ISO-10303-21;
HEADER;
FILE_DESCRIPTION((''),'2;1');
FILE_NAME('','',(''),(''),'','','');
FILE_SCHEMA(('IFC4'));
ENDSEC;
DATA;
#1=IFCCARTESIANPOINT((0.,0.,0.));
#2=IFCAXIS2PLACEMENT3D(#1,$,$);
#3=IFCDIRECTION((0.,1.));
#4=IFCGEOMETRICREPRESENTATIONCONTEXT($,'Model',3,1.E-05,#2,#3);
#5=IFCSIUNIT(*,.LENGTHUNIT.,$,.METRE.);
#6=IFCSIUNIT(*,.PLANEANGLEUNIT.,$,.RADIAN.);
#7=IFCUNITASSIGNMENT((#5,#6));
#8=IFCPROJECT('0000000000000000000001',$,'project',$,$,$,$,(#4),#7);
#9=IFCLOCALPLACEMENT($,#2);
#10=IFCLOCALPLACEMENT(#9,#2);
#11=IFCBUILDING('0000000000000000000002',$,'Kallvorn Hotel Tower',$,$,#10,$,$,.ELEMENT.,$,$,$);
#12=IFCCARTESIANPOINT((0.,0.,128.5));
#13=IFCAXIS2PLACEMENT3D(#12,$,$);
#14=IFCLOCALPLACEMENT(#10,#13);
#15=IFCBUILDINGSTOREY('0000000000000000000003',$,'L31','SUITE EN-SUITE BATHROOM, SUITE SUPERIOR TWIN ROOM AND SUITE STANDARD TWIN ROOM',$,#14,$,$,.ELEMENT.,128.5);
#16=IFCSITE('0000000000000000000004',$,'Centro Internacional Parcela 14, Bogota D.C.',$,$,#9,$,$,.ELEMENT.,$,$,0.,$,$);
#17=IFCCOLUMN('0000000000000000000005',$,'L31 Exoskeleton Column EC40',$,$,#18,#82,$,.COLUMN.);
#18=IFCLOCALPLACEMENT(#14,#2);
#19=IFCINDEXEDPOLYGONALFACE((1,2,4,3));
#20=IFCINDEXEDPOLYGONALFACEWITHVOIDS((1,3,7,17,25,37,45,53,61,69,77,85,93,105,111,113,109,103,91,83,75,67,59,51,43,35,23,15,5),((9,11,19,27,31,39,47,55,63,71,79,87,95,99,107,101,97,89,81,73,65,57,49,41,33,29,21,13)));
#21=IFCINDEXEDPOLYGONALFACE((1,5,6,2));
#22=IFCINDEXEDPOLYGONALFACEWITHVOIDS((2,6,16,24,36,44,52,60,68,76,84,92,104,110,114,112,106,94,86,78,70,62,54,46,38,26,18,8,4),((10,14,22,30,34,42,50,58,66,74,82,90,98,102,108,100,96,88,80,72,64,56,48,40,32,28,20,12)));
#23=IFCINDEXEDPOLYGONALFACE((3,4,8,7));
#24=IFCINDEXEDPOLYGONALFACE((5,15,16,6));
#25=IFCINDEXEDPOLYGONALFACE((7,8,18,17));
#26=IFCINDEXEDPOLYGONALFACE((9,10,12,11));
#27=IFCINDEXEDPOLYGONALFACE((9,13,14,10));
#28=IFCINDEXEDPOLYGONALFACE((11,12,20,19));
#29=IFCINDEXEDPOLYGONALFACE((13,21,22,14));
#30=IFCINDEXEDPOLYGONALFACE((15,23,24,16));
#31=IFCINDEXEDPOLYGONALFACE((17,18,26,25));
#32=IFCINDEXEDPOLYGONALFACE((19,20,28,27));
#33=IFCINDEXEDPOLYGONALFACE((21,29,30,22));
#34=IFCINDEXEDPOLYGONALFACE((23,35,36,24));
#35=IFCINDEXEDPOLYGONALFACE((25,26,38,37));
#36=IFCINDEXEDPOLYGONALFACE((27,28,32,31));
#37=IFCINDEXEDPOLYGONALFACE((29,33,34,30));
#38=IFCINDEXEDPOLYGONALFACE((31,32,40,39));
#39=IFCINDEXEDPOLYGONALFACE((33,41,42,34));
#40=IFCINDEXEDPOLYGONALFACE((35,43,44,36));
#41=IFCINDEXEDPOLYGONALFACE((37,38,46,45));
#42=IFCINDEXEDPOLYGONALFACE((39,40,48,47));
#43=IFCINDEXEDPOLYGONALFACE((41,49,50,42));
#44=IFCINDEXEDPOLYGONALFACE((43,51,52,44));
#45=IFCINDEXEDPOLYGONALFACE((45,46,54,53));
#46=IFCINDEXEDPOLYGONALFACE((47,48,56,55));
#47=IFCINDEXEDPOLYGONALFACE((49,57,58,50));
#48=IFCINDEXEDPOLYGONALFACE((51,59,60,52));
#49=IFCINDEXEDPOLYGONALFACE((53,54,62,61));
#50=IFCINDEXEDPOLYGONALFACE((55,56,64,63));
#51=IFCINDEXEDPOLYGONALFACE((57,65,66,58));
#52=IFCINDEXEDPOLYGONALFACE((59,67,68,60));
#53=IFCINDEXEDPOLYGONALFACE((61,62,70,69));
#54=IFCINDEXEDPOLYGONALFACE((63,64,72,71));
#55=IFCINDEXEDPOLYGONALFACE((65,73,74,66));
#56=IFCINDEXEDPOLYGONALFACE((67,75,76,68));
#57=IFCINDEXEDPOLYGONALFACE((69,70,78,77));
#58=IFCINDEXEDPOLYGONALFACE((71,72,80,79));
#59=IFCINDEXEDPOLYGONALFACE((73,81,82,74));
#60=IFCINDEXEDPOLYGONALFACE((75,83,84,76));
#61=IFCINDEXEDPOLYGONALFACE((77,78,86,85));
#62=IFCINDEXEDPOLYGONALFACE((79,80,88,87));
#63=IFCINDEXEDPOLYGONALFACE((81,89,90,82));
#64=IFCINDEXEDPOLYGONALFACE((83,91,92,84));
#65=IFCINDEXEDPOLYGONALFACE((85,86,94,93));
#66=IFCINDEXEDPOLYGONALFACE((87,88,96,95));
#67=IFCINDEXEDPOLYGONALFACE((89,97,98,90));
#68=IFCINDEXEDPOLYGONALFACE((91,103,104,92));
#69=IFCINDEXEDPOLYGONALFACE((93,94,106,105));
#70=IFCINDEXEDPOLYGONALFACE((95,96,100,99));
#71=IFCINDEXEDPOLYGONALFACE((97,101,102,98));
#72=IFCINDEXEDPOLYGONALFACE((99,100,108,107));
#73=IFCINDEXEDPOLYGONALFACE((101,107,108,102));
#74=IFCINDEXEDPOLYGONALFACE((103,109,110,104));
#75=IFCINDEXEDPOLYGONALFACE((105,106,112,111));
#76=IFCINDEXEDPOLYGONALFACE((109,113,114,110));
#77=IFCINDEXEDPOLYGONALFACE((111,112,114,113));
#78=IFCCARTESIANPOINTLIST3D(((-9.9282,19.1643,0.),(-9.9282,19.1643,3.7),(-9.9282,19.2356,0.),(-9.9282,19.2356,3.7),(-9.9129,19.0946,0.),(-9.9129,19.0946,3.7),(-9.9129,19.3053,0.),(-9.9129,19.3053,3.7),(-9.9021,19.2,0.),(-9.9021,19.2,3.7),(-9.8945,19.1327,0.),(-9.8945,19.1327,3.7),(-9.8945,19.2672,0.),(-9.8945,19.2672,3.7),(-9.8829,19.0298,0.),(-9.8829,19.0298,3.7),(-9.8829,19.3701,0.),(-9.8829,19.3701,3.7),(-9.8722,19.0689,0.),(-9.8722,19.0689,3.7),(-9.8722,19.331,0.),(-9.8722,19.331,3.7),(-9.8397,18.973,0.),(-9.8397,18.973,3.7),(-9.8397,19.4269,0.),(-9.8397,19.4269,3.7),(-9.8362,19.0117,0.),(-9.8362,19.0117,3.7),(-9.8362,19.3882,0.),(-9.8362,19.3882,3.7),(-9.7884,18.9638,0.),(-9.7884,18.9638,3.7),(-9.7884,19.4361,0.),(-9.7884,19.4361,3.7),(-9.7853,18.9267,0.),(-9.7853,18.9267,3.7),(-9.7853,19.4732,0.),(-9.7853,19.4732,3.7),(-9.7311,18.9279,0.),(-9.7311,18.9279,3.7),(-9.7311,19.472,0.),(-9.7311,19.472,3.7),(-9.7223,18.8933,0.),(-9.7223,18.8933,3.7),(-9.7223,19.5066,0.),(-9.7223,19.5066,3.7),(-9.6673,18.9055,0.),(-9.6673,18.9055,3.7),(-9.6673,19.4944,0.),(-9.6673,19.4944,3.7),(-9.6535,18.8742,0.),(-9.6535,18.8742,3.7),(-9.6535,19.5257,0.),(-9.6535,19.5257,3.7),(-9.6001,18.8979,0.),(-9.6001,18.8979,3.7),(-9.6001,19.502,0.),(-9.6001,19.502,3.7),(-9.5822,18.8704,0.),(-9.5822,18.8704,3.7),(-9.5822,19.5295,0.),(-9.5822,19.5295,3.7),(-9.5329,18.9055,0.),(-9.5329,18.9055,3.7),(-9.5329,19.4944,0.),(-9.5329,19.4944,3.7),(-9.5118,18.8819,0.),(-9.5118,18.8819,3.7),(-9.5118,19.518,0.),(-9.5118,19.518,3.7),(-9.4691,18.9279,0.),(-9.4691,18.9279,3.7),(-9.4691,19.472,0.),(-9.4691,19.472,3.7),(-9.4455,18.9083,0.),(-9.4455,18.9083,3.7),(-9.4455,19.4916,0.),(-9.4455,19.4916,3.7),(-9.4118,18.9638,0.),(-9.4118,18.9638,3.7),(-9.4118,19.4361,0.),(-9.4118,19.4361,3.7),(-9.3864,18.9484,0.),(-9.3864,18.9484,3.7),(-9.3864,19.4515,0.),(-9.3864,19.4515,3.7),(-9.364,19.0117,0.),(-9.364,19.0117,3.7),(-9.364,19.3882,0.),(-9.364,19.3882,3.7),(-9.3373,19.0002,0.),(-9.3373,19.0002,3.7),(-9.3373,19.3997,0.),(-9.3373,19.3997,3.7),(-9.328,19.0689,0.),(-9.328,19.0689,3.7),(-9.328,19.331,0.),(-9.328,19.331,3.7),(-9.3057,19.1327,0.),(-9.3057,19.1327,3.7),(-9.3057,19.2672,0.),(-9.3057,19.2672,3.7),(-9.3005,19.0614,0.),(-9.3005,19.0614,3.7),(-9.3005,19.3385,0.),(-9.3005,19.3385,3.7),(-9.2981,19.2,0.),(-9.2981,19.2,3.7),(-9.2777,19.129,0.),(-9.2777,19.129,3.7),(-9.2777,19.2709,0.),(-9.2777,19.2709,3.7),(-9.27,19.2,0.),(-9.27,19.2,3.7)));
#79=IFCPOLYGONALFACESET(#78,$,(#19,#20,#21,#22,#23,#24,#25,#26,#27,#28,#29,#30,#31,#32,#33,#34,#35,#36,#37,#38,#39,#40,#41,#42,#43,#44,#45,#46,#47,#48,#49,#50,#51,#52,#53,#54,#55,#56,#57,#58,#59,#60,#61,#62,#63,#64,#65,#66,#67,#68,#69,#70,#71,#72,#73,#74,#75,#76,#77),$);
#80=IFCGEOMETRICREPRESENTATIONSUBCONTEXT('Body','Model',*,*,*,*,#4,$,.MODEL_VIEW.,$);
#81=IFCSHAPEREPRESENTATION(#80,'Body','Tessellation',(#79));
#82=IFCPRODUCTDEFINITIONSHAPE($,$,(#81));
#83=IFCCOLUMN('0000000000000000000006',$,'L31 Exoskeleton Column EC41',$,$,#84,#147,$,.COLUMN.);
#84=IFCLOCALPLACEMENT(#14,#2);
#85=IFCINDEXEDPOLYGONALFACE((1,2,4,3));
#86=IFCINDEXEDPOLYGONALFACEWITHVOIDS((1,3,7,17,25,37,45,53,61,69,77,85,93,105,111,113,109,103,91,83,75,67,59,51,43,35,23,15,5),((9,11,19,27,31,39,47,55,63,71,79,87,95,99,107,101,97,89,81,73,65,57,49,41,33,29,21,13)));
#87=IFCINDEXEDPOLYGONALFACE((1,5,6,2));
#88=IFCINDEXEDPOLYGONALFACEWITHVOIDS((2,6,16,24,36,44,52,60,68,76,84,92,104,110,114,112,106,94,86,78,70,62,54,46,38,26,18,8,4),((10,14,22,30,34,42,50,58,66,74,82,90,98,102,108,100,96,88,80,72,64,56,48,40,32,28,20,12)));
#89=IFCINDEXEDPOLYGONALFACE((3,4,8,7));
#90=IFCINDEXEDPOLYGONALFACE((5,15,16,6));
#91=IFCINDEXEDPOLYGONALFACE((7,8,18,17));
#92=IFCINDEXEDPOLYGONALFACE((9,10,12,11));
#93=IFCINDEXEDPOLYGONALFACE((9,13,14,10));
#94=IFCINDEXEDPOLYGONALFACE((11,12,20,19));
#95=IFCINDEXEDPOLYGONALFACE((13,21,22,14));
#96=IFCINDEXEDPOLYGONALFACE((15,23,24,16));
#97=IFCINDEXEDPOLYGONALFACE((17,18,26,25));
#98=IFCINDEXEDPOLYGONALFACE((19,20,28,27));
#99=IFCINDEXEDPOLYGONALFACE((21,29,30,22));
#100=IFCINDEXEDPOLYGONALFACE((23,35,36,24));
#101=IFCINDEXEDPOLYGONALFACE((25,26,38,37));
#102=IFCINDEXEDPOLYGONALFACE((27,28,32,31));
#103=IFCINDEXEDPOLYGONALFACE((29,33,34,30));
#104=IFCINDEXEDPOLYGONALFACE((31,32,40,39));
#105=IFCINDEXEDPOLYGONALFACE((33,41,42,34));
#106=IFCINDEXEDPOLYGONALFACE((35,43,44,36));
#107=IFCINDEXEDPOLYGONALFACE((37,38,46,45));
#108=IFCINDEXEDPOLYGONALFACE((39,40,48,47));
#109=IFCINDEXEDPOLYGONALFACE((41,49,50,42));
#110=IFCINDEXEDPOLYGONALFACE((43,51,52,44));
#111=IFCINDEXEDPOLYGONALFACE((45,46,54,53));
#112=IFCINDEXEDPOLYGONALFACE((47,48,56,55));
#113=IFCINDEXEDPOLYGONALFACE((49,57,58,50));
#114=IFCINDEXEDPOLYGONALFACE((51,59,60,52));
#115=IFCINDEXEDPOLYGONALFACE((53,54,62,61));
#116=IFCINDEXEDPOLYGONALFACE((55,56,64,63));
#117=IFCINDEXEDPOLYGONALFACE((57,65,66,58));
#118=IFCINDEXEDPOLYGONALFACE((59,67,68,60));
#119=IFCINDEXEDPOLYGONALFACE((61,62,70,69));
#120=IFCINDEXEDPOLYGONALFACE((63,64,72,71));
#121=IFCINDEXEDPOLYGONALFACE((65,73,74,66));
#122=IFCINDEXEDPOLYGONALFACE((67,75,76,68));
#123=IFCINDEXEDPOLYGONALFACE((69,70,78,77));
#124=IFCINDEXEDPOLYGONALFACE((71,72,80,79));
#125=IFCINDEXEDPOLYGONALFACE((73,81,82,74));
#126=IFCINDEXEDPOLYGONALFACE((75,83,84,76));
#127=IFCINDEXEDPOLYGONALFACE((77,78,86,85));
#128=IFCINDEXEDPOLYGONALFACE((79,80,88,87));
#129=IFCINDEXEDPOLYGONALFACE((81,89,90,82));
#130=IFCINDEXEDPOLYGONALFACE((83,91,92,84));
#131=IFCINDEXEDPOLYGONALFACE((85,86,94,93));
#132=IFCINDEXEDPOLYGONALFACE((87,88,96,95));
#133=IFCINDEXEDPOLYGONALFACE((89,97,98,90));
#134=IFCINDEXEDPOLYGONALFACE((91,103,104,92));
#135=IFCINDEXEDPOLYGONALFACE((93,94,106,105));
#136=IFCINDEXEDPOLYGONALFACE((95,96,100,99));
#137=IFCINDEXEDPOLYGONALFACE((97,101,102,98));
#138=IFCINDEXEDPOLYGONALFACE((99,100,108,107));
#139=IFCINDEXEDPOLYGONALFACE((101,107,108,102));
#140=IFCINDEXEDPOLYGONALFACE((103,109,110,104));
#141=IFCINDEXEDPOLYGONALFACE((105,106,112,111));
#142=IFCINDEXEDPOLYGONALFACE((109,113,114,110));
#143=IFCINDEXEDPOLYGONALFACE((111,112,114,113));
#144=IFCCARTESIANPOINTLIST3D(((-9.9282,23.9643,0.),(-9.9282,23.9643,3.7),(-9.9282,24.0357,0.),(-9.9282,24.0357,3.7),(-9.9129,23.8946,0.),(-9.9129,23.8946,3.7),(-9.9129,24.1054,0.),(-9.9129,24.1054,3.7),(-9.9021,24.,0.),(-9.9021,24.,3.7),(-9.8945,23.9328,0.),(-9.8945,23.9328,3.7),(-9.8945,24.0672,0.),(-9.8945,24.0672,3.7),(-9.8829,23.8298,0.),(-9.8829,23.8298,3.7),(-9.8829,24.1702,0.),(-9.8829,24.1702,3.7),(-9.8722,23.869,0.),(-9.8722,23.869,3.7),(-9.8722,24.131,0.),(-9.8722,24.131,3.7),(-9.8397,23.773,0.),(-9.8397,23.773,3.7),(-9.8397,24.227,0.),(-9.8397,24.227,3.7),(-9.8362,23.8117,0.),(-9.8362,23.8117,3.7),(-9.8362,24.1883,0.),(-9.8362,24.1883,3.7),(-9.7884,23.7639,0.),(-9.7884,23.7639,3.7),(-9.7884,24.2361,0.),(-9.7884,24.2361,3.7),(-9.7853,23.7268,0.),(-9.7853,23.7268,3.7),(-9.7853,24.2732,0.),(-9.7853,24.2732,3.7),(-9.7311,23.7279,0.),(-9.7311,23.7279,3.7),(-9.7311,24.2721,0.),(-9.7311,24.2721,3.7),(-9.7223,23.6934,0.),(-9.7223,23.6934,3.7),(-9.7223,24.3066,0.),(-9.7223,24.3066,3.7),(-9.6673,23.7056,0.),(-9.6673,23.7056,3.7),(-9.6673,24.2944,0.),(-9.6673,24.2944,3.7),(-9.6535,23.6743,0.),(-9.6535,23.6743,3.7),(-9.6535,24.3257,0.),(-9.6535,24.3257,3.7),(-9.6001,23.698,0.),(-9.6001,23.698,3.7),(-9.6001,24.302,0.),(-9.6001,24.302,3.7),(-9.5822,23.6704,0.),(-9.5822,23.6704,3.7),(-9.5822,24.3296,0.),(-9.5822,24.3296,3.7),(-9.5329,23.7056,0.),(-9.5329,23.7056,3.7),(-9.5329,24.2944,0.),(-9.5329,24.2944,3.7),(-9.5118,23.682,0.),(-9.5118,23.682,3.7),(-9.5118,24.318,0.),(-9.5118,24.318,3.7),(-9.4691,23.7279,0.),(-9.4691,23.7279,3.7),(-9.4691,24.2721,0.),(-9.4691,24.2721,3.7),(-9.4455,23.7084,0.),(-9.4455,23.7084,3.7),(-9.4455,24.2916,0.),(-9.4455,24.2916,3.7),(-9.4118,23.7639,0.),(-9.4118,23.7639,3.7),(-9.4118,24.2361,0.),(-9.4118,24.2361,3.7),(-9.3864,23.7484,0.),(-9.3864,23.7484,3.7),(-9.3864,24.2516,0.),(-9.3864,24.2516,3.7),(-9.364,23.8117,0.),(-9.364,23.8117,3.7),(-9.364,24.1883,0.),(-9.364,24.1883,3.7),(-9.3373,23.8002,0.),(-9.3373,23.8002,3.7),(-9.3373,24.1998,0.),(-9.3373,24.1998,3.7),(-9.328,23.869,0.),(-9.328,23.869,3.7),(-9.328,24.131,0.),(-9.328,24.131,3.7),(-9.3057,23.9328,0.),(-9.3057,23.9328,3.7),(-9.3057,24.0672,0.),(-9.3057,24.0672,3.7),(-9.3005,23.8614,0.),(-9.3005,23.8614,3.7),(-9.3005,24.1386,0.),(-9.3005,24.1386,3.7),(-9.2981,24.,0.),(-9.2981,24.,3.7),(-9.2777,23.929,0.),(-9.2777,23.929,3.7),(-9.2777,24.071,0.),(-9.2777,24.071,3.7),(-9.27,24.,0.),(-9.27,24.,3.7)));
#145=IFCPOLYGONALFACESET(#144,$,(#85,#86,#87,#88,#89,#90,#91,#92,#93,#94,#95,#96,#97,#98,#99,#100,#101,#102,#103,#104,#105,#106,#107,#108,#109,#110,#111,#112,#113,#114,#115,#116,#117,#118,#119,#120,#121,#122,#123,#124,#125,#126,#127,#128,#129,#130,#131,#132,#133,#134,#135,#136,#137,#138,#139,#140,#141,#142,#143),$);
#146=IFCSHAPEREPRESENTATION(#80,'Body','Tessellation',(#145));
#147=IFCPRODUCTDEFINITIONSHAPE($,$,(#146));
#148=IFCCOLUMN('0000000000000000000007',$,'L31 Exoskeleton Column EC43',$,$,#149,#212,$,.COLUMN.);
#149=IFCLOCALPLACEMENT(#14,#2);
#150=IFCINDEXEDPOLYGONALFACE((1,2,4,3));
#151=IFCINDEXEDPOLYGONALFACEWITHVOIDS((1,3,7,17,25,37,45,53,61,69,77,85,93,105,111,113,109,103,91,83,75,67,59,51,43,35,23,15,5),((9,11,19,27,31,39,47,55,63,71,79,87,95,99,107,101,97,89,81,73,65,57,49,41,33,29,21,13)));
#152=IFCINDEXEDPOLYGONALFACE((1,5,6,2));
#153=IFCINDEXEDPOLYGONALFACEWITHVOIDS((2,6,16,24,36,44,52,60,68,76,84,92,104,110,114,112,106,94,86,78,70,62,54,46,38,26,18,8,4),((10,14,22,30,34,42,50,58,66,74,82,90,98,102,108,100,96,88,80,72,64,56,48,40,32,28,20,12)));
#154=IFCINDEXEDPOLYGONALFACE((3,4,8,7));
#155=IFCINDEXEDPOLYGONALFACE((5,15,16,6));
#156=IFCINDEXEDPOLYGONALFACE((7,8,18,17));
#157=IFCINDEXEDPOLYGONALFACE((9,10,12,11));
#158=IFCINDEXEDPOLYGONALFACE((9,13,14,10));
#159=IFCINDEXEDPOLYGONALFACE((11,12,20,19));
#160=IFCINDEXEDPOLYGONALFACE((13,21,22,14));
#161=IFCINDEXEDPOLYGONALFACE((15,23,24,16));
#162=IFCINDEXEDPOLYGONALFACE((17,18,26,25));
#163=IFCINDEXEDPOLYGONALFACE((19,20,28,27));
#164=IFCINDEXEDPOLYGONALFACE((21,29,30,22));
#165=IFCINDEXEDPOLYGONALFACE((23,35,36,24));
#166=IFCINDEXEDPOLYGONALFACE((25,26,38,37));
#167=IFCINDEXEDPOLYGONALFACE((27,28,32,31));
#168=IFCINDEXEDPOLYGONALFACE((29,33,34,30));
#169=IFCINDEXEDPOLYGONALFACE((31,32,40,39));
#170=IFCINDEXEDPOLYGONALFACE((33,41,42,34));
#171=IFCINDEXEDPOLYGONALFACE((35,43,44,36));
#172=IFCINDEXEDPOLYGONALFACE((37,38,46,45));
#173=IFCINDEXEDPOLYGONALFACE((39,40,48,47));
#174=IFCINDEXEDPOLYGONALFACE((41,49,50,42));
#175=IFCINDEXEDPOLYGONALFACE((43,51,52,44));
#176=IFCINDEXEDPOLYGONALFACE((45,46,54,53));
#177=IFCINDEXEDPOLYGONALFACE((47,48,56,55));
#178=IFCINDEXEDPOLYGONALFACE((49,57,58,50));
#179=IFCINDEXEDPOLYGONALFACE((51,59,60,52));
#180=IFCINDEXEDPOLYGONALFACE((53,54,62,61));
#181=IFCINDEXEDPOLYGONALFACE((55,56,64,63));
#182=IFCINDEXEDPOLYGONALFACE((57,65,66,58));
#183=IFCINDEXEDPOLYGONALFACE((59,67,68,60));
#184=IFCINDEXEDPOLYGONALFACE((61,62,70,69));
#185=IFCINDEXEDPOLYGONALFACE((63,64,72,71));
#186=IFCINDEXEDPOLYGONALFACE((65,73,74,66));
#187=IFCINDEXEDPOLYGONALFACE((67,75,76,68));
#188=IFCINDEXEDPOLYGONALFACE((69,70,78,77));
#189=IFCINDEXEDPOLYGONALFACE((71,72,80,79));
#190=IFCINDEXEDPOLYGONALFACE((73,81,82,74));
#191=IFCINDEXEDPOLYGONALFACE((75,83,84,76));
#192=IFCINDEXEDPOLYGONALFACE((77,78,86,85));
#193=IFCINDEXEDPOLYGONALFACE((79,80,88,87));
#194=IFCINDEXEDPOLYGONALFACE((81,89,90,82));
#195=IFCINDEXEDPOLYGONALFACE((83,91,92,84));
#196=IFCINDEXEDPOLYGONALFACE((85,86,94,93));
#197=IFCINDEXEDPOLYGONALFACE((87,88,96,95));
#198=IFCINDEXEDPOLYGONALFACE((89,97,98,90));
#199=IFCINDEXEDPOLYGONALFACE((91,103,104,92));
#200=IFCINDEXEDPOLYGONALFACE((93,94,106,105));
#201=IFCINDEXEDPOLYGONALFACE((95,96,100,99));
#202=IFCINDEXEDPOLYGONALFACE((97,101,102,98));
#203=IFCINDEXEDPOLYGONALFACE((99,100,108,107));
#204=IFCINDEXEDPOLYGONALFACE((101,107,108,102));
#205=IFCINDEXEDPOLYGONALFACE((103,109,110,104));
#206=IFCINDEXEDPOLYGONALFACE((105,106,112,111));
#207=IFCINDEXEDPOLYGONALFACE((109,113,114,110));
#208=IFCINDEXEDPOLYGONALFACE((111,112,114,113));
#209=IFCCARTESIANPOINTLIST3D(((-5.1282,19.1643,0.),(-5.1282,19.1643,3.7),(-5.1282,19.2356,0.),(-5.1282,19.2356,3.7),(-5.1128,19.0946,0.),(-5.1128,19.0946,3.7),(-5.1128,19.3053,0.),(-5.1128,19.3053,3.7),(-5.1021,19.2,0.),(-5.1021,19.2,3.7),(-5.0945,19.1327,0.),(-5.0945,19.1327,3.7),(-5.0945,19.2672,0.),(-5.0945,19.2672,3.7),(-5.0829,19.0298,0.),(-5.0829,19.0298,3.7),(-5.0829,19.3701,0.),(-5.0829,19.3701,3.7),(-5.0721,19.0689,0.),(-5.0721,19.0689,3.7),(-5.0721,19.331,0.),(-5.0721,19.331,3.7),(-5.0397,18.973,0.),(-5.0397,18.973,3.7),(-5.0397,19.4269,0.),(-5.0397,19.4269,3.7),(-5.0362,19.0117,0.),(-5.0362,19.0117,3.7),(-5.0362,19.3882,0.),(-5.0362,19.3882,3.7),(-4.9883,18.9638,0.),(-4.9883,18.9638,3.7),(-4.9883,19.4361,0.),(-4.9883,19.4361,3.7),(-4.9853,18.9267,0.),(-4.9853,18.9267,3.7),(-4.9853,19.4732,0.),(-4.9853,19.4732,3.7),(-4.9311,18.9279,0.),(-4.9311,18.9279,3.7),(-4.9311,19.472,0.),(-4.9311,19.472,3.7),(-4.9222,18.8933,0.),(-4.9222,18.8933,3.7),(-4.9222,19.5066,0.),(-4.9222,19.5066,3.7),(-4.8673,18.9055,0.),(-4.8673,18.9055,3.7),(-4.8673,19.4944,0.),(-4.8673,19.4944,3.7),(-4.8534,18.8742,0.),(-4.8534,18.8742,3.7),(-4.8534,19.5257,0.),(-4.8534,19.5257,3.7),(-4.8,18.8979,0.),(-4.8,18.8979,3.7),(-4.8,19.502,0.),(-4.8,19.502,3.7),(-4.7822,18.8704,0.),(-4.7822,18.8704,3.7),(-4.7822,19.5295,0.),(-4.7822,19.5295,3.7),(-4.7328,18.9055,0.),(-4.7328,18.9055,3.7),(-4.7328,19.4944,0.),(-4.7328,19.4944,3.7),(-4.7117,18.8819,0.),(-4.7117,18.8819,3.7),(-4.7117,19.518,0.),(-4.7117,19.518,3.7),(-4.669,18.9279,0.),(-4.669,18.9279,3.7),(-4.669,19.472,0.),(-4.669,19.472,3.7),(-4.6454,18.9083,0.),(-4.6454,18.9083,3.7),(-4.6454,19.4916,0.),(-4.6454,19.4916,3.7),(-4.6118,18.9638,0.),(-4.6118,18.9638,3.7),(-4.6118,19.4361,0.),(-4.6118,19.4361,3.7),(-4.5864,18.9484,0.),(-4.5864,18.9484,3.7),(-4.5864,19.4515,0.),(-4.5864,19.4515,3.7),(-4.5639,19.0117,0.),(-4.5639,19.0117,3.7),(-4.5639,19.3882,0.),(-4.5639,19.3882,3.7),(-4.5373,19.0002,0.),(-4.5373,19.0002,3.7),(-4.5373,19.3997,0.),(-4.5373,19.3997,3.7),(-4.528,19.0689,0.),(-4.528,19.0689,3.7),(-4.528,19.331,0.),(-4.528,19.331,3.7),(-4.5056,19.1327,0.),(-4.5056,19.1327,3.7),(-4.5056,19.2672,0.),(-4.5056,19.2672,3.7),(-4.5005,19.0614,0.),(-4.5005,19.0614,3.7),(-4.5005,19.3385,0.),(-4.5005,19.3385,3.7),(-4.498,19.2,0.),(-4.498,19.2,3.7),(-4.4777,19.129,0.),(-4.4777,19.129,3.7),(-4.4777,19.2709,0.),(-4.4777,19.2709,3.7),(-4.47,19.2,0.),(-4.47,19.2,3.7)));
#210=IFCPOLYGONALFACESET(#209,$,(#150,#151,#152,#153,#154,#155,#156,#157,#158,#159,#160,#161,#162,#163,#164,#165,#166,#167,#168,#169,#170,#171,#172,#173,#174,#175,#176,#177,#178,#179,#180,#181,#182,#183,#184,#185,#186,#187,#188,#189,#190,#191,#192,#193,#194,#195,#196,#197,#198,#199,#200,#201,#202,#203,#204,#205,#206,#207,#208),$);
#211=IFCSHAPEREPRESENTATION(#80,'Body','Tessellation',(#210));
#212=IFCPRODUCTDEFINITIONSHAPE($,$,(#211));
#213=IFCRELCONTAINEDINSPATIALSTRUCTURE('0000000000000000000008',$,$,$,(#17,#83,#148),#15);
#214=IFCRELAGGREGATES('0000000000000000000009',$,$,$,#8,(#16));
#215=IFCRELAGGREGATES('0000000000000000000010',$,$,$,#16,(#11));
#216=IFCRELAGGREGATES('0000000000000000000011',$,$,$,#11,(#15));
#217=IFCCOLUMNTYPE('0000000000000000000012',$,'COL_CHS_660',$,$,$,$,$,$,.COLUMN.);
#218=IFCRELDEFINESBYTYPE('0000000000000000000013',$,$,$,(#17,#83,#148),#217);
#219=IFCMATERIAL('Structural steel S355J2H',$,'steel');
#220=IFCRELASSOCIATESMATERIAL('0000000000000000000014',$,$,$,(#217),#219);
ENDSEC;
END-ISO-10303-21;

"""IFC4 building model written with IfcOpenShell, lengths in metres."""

from ifc_helpers import new_model, si_unit, direction, frame, origin, origin_2d, place, context, subcontext, project, spatial, hollow_circle, extrude, material, material_profile, profile_set, type_object, element, save


model = new_model("IFC4")

# Units and contexts
model_context = context("Model", 3, precision=1e-05, world=origin(), true_north=direction((0.0, 1.0)))
body_context = subcontext(model_context, "Body", "Model", "MODEL_VIEW")
ifc_project = project(units=[si_unit("LENGTHUNIT", "METRE"), si_unit("PLANEANGLEUNIT", "RADIAN")], contexts=[model_context])

# Site, building, storey
site_placement = place(None, origin())
site = spatial("IfcSite", under=ifc_project, at=site_placement, Name="Centro Internacional Parcela 14, Bogota D.C.", CompositionType="ELEMENT", RefElevation=0.0)
building_placement = place(site_placement, origin())
building = spatial("IfcBuilding", under=site, at=building_placement, Name="Kallvorn Hotel Tower", CompositionType="ELEMENT")
storey_placement = place(building_placement, frame((0.0, 0.0, 128.5)))
storey = spatial("IfcBuildingStorey", under=building, at=storey_placement, Name="L31", Description="SUITE EN-SUITE BATHROOM, SUITE SUPERIOR TWIN ROOM AND SUITE STANDARD TWIN ROOM", CompositionType="ELEMENT", Elevation=128.5)

# Columns
ifc_material_1 = material(Name="Structural steel S355J2H", Category="steel")
ifc_material_profile_1 = material_profile(ifc_material_1, hollow_circle(Radius=0.3301, WallThickness=0.0281, at=origin_2d()), Name="CHS 660x28")
ifc_profile_set_1 = profile_set([ifc_material_profile_1], Name="Structural steel S355J2H")
column_type_1 = type_object("IfcColumnType", Name="COL_CHS_660", PredefinedType="COLUMN", material=ifc_profile_set_1)
for number, where, z_axis, x_axis, name in (
    (1, (-9.6001, 19.2, 0.0), (0.0, 0.0, 1.0), (1.0, 0.0, 0.0), "L31 Exoskeleton Column EC40"),
    (2, (-9.6001, 24.0, 0.0), (0.0, 0.0, 1.0), (1.0, 0.0, 0.0), "L31 Exoskeleton Column EC41"),
    (3, (-4.8, 19.2, 0.0), (0.0, 0.0, 1.0), (1.0, 0.0, 0.0), "L31 Exoskeleton Column EC43"),
):
    element("IfcColumn", number, at=place(storey_placement, frame(where, z_axis=z_axis, x_axis=x_axis)), inside=storey, type_object=column_type_1, Name=name, PredefinedType="COLUMN", context=body_context, shape_type="SweptSolid", body=[
        extrude(hollow_circle(Radius=0.3301, WallThickness=0.0281, at=origin_2d()), origin(), (0.0, 0.0, 1.0), 3.7),
    ])

save(model, "model.ifc")
